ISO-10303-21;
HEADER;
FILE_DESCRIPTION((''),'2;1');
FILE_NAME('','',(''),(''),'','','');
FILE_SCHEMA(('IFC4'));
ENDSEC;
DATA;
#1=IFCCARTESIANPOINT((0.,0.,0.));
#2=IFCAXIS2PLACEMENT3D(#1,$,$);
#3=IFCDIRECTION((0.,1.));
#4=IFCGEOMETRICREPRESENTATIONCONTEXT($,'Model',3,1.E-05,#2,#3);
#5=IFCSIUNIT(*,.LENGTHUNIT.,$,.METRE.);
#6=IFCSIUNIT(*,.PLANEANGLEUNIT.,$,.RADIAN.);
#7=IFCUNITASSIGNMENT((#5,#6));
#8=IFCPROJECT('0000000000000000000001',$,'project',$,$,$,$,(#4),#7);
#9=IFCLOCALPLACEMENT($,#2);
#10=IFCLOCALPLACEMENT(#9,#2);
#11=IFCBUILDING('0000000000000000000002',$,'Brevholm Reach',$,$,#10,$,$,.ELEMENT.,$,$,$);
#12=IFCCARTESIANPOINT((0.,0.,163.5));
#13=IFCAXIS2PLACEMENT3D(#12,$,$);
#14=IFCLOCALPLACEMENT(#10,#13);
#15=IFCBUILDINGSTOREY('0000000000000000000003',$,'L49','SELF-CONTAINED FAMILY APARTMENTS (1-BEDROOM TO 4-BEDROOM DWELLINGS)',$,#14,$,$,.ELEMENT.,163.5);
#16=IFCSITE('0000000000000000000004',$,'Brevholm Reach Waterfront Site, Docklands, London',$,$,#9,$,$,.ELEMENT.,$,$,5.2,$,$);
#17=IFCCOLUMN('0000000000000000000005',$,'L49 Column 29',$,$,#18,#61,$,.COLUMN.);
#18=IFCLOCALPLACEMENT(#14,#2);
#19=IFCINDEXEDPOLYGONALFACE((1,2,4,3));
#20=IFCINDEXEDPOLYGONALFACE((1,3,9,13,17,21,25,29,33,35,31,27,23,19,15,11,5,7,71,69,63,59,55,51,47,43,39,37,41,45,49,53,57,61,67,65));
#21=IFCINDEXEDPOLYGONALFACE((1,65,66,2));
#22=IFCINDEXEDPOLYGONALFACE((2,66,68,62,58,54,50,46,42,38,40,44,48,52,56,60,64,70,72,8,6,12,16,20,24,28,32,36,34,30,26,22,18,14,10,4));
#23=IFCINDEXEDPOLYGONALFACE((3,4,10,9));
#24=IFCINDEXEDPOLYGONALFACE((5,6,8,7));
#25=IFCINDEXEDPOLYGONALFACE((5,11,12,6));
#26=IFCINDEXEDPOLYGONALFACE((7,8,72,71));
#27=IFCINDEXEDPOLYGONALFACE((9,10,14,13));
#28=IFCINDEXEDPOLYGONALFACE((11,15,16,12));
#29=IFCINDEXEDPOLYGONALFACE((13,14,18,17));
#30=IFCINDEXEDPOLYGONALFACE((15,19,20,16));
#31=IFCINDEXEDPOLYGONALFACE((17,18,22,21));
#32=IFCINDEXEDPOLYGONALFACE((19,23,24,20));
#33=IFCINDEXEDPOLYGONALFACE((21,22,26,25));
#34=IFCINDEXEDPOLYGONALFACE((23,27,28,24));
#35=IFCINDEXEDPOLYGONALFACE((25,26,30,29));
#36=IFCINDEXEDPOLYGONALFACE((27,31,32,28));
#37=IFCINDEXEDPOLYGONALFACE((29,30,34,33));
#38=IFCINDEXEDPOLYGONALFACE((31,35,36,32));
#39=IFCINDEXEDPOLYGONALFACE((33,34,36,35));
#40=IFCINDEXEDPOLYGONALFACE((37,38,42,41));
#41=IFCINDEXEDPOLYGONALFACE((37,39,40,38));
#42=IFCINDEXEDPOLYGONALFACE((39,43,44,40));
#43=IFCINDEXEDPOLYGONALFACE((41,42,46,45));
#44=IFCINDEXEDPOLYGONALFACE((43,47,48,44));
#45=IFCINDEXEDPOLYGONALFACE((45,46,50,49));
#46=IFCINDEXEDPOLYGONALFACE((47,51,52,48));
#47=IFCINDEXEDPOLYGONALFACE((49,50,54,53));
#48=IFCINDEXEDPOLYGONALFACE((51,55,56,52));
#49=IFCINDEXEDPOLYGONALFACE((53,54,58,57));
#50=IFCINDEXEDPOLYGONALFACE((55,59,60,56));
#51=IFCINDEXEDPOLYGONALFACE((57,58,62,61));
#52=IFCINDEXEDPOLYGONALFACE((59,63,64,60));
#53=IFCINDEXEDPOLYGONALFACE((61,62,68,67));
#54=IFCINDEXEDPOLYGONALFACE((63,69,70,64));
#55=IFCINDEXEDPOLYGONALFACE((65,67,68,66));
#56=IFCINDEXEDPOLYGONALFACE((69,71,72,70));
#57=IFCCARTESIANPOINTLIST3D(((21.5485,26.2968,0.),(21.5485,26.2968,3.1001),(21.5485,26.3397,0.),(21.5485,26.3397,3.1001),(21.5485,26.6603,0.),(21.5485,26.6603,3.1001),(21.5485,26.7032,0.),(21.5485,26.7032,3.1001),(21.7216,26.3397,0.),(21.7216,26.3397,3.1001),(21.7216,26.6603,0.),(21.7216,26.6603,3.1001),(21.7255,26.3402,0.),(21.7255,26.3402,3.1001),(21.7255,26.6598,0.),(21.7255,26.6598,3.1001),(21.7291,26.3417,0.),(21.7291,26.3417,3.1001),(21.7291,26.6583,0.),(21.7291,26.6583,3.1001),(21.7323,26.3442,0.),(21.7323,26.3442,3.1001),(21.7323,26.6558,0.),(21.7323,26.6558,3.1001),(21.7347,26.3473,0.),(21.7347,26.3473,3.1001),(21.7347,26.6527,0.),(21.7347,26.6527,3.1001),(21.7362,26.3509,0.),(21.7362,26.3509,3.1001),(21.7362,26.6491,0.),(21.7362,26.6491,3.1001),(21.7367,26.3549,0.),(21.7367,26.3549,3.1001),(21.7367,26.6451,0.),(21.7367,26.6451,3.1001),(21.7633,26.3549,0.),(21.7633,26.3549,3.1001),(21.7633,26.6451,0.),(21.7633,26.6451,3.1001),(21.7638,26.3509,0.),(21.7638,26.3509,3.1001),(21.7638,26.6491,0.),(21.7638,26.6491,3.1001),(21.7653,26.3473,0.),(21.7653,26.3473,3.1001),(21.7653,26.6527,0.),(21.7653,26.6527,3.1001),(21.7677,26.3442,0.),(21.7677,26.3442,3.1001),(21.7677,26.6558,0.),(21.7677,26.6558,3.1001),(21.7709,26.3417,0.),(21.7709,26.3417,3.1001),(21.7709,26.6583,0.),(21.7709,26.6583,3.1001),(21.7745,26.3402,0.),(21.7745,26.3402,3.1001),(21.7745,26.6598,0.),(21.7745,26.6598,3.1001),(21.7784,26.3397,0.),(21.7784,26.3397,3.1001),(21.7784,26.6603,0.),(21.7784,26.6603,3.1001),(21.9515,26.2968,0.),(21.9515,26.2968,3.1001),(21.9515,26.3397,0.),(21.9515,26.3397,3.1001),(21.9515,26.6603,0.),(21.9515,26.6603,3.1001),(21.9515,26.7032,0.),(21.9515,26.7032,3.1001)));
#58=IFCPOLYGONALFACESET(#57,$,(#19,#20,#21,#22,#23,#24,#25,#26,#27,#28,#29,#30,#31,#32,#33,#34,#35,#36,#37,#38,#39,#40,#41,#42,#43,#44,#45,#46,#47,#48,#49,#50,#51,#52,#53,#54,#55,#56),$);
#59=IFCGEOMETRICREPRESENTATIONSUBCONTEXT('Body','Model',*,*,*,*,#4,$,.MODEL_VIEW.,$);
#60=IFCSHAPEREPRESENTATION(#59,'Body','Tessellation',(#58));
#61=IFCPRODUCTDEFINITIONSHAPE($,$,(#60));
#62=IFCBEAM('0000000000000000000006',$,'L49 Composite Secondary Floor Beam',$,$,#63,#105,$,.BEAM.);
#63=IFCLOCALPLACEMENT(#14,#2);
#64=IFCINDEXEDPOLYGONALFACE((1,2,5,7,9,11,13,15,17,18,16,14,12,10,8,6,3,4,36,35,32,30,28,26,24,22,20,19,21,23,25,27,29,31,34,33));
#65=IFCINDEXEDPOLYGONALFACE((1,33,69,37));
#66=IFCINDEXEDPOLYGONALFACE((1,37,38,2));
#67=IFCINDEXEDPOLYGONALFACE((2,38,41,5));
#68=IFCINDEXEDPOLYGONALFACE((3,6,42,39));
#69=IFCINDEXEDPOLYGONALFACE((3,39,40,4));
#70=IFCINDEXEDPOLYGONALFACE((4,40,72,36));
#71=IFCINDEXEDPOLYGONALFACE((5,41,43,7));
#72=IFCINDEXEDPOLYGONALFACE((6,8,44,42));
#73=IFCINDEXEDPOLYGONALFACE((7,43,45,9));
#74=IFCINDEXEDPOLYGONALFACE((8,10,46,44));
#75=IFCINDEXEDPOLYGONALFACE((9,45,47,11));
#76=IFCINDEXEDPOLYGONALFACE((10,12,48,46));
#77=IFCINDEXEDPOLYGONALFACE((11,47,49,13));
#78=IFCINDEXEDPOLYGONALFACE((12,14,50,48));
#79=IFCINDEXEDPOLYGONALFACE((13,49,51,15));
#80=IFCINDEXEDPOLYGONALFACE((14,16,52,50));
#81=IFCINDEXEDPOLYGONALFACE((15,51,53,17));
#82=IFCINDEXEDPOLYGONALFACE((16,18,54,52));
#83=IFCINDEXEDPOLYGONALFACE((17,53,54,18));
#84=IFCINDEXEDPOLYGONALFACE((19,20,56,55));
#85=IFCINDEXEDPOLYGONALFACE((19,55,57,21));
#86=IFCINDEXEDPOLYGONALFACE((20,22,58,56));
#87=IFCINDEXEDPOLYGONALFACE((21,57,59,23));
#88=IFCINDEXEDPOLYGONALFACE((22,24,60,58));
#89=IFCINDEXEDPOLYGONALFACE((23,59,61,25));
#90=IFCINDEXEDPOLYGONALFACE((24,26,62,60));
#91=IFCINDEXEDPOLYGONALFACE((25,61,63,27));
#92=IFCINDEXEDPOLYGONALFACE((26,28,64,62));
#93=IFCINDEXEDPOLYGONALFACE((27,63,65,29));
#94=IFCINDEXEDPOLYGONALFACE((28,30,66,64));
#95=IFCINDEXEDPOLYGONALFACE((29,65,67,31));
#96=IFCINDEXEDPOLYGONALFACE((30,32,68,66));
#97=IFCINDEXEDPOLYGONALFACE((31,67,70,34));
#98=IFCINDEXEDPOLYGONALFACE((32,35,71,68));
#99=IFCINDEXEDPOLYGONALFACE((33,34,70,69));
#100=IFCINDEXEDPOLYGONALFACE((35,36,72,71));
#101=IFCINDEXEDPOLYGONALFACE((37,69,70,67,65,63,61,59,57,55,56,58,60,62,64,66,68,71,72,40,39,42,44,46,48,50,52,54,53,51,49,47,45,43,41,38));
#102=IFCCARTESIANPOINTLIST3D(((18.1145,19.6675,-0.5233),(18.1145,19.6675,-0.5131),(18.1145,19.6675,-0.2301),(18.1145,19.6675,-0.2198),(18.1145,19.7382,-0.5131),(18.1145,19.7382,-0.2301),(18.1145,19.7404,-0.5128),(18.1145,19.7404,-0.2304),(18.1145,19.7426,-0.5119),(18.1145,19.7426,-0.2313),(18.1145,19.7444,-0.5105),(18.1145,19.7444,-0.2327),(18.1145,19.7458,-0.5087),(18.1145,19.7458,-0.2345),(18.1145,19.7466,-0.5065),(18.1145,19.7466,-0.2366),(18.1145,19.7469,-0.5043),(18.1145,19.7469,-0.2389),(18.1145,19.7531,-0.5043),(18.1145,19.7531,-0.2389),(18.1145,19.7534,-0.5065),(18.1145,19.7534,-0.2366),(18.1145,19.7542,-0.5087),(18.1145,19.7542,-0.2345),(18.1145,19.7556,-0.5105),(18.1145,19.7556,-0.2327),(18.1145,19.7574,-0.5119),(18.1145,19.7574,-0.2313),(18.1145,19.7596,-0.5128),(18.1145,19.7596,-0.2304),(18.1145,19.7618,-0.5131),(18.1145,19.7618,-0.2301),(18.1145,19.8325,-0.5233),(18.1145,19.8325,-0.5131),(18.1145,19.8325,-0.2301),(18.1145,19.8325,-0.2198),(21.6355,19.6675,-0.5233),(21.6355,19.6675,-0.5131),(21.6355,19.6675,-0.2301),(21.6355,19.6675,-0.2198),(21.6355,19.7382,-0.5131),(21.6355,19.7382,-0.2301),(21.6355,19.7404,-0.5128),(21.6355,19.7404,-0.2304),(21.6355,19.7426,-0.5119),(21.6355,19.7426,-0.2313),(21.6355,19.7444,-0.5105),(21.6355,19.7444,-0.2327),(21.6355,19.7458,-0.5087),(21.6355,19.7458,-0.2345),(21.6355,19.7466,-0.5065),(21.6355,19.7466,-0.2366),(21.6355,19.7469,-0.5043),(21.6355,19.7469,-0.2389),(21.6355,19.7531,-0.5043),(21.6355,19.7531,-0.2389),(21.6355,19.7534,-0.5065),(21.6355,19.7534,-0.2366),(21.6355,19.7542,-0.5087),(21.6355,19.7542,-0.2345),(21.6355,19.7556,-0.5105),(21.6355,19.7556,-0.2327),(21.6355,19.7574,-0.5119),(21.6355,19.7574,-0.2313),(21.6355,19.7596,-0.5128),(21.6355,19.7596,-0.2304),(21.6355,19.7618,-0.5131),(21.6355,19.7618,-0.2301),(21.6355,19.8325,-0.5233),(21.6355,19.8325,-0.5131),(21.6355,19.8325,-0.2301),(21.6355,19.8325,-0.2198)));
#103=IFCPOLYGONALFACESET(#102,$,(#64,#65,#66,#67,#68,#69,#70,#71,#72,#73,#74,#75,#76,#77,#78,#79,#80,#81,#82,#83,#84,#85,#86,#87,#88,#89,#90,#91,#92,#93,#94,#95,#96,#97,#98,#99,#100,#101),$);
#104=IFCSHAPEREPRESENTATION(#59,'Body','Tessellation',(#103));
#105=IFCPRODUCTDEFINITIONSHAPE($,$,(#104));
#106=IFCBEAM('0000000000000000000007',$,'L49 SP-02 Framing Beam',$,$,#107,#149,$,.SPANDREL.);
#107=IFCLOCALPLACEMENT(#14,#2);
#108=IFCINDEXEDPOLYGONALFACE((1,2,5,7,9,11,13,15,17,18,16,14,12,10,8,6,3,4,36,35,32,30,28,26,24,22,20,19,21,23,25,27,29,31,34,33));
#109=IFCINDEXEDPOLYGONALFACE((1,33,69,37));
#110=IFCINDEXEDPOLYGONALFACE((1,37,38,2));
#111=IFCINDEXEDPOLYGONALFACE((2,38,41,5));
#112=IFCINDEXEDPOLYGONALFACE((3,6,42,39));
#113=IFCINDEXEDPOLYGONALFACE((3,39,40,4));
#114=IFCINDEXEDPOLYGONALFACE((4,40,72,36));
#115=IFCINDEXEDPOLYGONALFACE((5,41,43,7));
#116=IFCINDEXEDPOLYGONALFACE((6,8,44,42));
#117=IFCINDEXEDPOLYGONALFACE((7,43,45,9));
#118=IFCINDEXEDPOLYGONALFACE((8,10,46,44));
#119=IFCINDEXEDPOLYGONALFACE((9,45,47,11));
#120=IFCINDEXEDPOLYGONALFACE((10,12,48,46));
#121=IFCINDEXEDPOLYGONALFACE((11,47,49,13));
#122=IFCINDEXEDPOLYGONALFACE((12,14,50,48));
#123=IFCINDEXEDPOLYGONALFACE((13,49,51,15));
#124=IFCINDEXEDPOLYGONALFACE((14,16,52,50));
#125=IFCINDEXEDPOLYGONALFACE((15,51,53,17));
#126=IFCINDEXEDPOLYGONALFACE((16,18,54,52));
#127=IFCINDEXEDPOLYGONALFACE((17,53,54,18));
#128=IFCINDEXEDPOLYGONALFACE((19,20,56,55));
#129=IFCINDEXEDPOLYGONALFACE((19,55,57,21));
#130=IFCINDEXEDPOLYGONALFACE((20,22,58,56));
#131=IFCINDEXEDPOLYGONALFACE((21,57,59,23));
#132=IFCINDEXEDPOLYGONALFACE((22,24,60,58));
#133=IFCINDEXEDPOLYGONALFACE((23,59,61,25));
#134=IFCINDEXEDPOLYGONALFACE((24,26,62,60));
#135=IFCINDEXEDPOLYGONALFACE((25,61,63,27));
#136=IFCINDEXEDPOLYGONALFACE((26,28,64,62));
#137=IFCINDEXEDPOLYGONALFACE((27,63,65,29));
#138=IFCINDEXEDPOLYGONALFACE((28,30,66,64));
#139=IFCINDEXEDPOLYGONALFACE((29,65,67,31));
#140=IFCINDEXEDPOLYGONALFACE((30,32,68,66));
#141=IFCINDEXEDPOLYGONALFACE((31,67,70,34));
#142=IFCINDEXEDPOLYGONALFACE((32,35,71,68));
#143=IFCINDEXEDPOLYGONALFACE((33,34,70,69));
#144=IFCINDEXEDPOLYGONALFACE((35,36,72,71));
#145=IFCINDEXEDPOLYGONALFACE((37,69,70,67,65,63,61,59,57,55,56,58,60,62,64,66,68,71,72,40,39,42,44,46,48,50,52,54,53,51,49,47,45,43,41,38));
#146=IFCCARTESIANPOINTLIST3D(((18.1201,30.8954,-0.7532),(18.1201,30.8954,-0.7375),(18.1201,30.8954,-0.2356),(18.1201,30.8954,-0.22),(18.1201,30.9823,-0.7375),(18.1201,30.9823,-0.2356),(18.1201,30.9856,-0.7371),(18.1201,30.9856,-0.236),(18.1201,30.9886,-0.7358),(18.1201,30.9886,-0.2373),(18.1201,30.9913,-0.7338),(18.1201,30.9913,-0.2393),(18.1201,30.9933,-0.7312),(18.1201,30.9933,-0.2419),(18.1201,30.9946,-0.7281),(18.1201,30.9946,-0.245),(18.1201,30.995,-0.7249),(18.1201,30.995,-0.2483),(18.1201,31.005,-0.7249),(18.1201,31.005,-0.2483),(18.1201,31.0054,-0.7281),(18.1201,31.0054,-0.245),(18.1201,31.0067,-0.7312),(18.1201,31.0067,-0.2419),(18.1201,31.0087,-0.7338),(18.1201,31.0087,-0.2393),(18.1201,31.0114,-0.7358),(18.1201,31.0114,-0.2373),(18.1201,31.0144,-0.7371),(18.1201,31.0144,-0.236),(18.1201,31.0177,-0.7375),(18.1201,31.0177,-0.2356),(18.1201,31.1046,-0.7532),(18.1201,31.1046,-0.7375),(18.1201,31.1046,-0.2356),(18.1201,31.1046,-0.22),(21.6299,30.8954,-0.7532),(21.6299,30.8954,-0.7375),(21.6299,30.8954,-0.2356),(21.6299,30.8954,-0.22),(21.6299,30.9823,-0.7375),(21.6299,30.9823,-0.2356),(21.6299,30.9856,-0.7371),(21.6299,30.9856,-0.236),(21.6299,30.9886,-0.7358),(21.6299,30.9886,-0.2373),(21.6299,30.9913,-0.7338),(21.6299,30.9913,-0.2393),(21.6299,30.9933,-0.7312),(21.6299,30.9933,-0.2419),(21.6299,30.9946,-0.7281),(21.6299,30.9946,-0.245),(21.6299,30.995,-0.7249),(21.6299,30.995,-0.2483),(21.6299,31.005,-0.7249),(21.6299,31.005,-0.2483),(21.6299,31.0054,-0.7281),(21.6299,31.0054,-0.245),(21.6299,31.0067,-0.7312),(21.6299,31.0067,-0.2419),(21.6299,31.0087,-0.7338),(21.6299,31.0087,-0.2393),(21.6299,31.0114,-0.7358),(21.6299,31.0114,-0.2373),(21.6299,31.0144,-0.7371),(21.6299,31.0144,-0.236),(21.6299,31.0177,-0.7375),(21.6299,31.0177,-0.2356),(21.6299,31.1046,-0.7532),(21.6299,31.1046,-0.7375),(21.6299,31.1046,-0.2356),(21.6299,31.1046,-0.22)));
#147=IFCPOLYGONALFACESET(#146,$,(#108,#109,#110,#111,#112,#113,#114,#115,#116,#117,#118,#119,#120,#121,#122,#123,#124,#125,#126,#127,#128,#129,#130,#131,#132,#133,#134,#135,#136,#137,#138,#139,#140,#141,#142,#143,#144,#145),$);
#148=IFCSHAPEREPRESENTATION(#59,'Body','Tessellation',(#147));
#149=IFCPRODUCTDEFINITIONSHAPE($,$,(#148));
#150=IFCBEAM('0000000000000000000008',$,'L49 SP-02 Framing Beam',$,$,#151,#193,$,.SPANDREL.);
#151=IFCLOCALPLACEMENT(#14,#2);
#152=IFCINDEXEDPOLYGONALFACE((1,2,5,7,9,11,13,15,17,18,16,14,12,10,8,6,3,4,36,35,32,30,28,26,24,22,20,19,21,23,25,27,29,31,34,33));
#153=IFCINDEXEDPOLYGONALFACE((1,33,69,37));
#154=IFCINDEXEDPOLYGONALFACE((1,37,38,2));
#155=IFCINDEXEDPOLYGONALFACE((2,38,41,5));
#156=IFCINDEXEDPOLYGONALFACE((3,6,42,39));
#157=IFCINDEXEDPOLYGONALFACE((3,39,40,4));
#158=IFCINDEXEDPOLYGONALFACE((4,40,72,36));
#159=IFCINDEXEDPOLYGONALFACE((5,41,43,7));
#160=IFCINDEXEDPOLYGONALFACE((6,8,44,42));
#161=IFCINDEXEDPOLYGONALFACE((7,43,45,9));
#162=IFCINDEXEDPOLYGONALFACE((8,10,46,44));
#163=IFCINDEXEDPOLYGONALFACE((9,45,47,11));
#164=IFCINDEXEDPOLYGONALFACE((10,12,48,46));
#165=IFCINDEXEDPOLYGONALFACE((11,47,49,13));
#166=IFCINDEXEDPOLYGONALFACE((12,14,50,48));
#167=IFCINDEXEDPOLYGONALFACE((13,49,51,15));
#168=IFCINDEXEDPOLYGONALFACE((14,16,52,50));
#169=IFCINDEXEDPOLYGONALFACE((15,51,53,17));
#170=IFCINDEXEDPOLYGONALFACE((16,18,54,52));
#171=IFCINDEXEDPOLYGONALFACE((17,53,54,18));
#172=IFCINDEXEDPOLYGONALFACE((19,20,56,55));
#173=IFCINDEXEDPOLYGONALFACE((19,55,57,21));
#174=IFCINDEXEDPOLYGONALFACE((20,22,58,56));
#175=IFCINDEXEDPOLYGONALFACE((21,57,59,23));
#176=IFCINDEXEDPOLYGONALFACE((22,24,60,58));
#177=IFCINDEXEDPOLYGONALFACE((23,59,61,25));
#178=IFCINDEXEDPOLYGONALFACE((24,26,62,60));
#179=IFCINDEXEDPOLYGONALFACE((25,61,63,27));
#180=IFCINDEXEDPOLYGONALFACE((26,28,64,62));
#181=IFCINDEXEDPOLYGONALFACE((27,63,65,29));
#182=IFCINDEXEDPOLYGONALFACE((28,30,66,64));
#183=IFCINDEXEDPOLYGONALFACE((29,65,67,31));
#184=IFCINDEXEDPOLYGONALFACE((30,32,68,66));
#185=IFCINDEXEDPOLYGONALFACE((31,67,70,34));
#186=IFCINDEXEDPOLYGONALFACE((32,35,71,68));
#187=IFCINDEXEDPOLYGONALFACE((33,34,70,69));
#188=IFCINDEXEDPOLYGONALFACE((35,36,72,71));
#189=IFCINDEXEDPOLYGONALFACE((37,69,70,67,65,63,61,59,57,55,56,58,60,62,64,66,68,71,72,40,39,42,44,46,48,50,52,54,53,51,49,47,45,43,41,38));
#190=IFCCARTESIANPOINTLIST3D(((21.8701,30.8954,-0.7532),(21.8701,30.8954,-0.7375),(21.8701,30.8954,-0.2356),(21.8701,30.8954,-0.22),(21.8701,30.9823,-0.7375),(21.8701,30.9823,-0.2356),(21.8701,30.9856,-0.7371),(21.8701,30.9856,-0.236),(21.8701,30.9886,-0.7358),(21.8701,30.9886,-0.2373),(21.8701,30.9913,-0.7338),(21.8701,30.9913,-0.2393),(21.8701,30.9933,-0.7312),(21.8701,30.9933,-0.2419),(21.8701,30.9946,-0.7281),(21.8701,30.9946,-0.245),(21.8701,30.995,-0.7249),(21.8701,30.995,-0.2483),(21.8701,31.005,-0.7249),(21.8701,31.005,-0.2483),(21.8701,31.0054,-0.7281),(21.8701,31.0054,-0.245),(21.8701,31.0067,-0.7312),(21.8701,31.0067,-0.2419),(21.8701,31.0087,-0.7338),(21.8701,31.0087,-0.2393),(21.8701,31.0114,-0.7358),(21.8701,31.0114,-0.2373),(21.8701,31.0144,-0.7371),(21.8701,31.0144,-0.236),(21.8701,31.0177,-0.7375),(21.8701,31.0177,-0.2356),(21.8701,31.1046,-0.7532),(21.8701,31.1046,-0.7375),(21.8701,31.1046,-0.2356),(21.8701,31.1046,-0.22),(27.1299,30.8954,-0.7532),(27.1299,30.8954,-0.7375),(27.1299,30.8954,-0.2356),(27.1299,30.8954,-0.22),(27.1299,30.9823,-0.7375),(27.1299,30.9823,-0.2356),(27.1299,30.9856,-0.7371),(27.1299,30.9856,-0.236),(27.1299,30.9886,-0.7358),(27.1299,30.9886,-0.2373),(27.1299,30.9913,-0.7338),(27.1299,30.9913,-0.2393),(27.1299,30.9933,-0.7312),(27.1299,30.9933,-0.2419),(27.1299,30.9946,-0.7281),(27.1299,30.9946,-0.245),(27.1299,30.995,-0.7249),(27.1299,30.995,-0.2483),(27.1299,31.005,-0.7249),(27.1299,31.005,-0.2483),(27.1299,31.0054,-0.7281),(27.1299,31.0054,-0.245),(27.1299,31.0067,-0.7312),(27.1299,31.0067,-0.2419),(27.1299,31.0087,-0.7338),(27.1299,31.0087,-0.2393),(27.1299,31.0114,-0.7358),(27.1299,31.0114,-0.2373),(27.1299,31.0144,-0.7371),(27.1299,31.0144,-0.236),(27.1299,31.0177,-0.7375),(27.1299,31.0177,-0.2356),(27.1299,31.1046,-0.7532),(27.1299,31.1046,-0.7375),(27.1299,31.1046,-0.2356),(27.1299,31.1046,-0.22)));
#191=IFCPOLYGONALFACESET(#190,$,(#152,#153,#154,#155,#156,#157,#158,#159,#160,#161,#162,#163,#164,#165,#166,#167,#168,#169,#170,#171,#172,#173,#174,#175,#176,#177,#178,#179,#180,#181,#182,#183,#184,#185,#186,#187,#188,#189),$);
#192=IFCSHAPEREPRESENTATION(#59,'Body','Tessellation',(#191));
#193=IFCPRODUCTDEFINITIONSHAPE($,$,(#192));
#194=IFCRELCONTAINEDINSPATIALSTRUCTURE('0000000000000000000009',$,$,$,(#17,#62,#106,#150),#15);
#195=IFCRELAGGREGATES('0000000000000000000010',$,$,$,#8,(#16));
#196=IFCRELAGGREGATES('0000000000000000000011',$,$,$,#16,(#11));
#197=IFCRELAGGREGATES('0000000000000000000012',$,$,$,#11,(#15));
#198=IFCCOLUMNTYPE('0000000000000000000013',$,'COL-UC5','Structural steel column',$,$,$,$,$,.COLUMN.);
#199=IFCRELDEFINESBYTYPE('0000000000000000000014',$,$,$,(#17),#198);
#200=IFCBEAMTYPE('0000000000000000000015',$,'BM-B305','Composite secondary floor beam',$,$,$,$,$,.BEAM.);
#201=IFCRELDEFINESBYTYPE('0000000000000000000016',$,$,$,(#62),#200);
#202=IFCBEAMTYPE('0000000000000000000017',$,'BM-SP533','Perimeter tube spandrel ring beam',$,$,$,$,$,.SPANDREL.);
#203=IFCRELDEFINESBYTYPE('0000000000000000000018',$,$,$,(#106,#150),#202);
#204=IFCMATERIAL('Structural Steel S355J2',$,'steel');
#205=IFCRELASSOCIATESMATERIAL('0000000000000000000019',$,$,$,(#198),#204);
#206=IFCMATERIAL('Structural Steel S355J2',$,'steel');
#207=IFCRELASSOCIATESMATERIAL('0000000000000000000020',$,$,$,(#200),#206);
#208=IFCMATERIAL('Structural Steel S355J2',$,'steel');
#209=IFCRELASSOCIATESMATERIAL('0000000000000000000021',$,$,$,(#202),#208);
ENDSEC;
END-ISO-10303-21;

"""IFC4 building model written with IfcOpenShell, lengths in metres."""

from ifc_helpers import new_model, si_unit, direction, frame, origin, origin_2d, place, context, subcontext, project, spatial, i_section, extrude, material, material_profile, profile_set, type_object, element, save


model = new_model("IFC4")

# Units and contexts
model_context = context("Model", 3, precision=1e-05, world=origin(), true_north=direction((0.0, 1.0)))
body_context = subcontext(model_context, "Body", "Model", "MODEL_VIEW")
ifc_project = project(units=[si_unit("LENGTHUNIT", "METRE"), si_unit("PLANEANGLEUNIT", "RADIAN")], contexts=[model_context])

# Site, building, storey
site_placement = place(None, origin())
site = spatial("IfcSite", under=ifc_project, at=site_placement, Name="Brevholm Reach Waterfront Site, Docklands, London", CompositionType="ELEMENT", RefElevation=5.2)
building_placement = place(site_placement, origin())
building = spatial("IfcBuilding", under=site, at=building_placement, Name="Brevholm Reach", CompositionType="ELEMENT")
storey_placement = place(building_placement, frame((0.0, 0.0, 163.5)))
storey = spatial("IfcBuildingStorey", under=building, at=storey_placement, Name="L49", Description="SELF-CONTAINED FAMILY APARTMENTS (1-BEDROOM TO 4-BEDROOM DWELLINGS)", CompositionType="ELEMENT", Elevation=163.5)

# Column
ifc_material_1 = material(Name="Structural Steel S355J2", Category="steel")
ifc_material_profile_1 = material_profile(ifc_material_1, i_section(OverallWidth=0.4031, OverallDepth=0.4065, WebThickness=0.0266, FlangeThickness=0.043, FilletRadius=0.0151, at=origin_2d()), Name="UKC 356x406x340")
ifc_profile_set_1 = profile_set([ifc_material_profile_1], Name="Structural Steel S355J2")
column_type_1 = type_object("IfcColumnType", Name="COL-UC5", Description="Structural steel column", PredefinedType="COLUMN", material=ifc_profile_set_1)
for number, where, z_axis, x_axis, name in (
    (1, (21.75, 26.5, 0.0), (0.0, 0.0, 1.0), (1.0, 0.0, 0.0), "L49 Column 29"),
):
    element("IfcColumn", number, at=place(storey_placement, frame(where, z_axis=z_axis, x_axis=x_axis)), inside=storey, type_object=column_type_1, Name=name, PredefinedType="COLUMN", context=body_context, shape_type="SweptSolid", body=[
        extrude(i_section(OverallWidth=0.4031, OverallDepth=0.4065, WebThickness=0.0266, FlangeThickness=0.043, FilletRadius=0.0151, at=origin_2d()), origin(), (0.0, 0.0, 1.0), 3.1001),
    ])

# Beams
ifc_material_2 = material(Name="Structural Steel S355J2", Category="steel")
ifc_material_profile_2 = material_profile(ifc_material_2, i_section(OverallWidth=0.165, OverallDepth=0.3035, WebThickness=0.0061, FlangeThickness=0.0103, FilletRadius=0.0088, at=origin_2d()), Name="UKB 305x165x40")
ifc_profile_set_2 = profile_set([ifc_material_profile_2], Name="Structural Steel S355J2")
beam_type_1 = type_object("IfcBeamType", Name="BM-B305", Description="Composite secondary floor beam", PredefinedType="BEAM", material=ifc_profile_set_2)
beam_1_placement = place(storey_placement, frame((18.1145, 19.75, -0.3716), z_axis=(1.0, 0.0, 0.0), x_axis=(0.0, 1.0, 0.0)))
element("IfcBeam", 2, at=beam_1_placement, inside=storey, type_object=beam_type_1, Name="L49 Composite Secondary Floor Beam", PredefinedType="BEAM", context=body_context, shape_type="SweptSolid", body=[
    extrude(i_section(OverallWidth=0.165, OverallDepth=0.3035, WebThickness=0.0061, FlangeThickness=0.0103, FilletRadius=0.0088, at=origin_2d()), origin(), (0.0, 0.0, 1.0), 3.521),
])
ifc_material_3 = material(Name="Structural Steel S355J2", Category="steel")
ifc_material_profile_3 = material_profile(ifc_material_3, i_section(OverallWidth=0.2092, OverallDepth=0.5332, WebThickness=0.01, FlangeThickness=0.0156, FilletRadius=0.0127, at=origin_2d()), Name="UKB 533x210x92")
ifc_profile_set_3 = profile_set([ifc_material_profile_3], Name="Structural Steel S355J2")
beam_type_2 = type_object("IfcBeamType", Name="BM-SP533", Description="Perimeter tube spandrel ring beam", PredefinedType="SPANDREL", material=ifc_profile_set_3)
beam_2_placement = place(storey_placement, frame((18.1201, 31.0, -0.4866), z_axis=(1.0, 0.0, 0.0), x_axis=(0.0, 1.0, 0.0)))
element("IfcBeam", 3, at=beam_2_placement, inside=storey, type_object=beam_type_2, Name="L49 SP-02 Framing Beam", PredefinedType="SPANDREL", context=body_context, shape_type="SweptSolid", body=[
    extrude(i_section(OverallWidth=0.2092, OverallDepth=0.5332, WebThickness=0.01, FlangeThickness=0.0156, FilletRadius=0.0127, at=origin_2d()), origin(), (0.0, 0.0, 1.0), 3.5098),
])
beam_3_placement = place(storey_placement, frame((21.8701, 31.0, -0.4866), z_axis=(1.0, 0.0, 0.0), x_axis=(0.0, 1.0, 0.0)))
element("IfcBeam", 4, at=beam_3_placement, inside=storey, type_object=beam_type_2, Name="L49 SP-02 Framing Beam", PredefinedType="SPANDREL", context=body_context, shape_type="SweptSolid", body=[
    extrude(i_section(OverallWidth=0.2092, OverallDepth=0.5332, WebThickness=0.01, FlangeThickness=0.0156, FilletRadius=0.0127, at=origin_2d()), origin(), (0.0, 0.0, 1.0), 5.2598),
])

save(model, "model.ifc")
